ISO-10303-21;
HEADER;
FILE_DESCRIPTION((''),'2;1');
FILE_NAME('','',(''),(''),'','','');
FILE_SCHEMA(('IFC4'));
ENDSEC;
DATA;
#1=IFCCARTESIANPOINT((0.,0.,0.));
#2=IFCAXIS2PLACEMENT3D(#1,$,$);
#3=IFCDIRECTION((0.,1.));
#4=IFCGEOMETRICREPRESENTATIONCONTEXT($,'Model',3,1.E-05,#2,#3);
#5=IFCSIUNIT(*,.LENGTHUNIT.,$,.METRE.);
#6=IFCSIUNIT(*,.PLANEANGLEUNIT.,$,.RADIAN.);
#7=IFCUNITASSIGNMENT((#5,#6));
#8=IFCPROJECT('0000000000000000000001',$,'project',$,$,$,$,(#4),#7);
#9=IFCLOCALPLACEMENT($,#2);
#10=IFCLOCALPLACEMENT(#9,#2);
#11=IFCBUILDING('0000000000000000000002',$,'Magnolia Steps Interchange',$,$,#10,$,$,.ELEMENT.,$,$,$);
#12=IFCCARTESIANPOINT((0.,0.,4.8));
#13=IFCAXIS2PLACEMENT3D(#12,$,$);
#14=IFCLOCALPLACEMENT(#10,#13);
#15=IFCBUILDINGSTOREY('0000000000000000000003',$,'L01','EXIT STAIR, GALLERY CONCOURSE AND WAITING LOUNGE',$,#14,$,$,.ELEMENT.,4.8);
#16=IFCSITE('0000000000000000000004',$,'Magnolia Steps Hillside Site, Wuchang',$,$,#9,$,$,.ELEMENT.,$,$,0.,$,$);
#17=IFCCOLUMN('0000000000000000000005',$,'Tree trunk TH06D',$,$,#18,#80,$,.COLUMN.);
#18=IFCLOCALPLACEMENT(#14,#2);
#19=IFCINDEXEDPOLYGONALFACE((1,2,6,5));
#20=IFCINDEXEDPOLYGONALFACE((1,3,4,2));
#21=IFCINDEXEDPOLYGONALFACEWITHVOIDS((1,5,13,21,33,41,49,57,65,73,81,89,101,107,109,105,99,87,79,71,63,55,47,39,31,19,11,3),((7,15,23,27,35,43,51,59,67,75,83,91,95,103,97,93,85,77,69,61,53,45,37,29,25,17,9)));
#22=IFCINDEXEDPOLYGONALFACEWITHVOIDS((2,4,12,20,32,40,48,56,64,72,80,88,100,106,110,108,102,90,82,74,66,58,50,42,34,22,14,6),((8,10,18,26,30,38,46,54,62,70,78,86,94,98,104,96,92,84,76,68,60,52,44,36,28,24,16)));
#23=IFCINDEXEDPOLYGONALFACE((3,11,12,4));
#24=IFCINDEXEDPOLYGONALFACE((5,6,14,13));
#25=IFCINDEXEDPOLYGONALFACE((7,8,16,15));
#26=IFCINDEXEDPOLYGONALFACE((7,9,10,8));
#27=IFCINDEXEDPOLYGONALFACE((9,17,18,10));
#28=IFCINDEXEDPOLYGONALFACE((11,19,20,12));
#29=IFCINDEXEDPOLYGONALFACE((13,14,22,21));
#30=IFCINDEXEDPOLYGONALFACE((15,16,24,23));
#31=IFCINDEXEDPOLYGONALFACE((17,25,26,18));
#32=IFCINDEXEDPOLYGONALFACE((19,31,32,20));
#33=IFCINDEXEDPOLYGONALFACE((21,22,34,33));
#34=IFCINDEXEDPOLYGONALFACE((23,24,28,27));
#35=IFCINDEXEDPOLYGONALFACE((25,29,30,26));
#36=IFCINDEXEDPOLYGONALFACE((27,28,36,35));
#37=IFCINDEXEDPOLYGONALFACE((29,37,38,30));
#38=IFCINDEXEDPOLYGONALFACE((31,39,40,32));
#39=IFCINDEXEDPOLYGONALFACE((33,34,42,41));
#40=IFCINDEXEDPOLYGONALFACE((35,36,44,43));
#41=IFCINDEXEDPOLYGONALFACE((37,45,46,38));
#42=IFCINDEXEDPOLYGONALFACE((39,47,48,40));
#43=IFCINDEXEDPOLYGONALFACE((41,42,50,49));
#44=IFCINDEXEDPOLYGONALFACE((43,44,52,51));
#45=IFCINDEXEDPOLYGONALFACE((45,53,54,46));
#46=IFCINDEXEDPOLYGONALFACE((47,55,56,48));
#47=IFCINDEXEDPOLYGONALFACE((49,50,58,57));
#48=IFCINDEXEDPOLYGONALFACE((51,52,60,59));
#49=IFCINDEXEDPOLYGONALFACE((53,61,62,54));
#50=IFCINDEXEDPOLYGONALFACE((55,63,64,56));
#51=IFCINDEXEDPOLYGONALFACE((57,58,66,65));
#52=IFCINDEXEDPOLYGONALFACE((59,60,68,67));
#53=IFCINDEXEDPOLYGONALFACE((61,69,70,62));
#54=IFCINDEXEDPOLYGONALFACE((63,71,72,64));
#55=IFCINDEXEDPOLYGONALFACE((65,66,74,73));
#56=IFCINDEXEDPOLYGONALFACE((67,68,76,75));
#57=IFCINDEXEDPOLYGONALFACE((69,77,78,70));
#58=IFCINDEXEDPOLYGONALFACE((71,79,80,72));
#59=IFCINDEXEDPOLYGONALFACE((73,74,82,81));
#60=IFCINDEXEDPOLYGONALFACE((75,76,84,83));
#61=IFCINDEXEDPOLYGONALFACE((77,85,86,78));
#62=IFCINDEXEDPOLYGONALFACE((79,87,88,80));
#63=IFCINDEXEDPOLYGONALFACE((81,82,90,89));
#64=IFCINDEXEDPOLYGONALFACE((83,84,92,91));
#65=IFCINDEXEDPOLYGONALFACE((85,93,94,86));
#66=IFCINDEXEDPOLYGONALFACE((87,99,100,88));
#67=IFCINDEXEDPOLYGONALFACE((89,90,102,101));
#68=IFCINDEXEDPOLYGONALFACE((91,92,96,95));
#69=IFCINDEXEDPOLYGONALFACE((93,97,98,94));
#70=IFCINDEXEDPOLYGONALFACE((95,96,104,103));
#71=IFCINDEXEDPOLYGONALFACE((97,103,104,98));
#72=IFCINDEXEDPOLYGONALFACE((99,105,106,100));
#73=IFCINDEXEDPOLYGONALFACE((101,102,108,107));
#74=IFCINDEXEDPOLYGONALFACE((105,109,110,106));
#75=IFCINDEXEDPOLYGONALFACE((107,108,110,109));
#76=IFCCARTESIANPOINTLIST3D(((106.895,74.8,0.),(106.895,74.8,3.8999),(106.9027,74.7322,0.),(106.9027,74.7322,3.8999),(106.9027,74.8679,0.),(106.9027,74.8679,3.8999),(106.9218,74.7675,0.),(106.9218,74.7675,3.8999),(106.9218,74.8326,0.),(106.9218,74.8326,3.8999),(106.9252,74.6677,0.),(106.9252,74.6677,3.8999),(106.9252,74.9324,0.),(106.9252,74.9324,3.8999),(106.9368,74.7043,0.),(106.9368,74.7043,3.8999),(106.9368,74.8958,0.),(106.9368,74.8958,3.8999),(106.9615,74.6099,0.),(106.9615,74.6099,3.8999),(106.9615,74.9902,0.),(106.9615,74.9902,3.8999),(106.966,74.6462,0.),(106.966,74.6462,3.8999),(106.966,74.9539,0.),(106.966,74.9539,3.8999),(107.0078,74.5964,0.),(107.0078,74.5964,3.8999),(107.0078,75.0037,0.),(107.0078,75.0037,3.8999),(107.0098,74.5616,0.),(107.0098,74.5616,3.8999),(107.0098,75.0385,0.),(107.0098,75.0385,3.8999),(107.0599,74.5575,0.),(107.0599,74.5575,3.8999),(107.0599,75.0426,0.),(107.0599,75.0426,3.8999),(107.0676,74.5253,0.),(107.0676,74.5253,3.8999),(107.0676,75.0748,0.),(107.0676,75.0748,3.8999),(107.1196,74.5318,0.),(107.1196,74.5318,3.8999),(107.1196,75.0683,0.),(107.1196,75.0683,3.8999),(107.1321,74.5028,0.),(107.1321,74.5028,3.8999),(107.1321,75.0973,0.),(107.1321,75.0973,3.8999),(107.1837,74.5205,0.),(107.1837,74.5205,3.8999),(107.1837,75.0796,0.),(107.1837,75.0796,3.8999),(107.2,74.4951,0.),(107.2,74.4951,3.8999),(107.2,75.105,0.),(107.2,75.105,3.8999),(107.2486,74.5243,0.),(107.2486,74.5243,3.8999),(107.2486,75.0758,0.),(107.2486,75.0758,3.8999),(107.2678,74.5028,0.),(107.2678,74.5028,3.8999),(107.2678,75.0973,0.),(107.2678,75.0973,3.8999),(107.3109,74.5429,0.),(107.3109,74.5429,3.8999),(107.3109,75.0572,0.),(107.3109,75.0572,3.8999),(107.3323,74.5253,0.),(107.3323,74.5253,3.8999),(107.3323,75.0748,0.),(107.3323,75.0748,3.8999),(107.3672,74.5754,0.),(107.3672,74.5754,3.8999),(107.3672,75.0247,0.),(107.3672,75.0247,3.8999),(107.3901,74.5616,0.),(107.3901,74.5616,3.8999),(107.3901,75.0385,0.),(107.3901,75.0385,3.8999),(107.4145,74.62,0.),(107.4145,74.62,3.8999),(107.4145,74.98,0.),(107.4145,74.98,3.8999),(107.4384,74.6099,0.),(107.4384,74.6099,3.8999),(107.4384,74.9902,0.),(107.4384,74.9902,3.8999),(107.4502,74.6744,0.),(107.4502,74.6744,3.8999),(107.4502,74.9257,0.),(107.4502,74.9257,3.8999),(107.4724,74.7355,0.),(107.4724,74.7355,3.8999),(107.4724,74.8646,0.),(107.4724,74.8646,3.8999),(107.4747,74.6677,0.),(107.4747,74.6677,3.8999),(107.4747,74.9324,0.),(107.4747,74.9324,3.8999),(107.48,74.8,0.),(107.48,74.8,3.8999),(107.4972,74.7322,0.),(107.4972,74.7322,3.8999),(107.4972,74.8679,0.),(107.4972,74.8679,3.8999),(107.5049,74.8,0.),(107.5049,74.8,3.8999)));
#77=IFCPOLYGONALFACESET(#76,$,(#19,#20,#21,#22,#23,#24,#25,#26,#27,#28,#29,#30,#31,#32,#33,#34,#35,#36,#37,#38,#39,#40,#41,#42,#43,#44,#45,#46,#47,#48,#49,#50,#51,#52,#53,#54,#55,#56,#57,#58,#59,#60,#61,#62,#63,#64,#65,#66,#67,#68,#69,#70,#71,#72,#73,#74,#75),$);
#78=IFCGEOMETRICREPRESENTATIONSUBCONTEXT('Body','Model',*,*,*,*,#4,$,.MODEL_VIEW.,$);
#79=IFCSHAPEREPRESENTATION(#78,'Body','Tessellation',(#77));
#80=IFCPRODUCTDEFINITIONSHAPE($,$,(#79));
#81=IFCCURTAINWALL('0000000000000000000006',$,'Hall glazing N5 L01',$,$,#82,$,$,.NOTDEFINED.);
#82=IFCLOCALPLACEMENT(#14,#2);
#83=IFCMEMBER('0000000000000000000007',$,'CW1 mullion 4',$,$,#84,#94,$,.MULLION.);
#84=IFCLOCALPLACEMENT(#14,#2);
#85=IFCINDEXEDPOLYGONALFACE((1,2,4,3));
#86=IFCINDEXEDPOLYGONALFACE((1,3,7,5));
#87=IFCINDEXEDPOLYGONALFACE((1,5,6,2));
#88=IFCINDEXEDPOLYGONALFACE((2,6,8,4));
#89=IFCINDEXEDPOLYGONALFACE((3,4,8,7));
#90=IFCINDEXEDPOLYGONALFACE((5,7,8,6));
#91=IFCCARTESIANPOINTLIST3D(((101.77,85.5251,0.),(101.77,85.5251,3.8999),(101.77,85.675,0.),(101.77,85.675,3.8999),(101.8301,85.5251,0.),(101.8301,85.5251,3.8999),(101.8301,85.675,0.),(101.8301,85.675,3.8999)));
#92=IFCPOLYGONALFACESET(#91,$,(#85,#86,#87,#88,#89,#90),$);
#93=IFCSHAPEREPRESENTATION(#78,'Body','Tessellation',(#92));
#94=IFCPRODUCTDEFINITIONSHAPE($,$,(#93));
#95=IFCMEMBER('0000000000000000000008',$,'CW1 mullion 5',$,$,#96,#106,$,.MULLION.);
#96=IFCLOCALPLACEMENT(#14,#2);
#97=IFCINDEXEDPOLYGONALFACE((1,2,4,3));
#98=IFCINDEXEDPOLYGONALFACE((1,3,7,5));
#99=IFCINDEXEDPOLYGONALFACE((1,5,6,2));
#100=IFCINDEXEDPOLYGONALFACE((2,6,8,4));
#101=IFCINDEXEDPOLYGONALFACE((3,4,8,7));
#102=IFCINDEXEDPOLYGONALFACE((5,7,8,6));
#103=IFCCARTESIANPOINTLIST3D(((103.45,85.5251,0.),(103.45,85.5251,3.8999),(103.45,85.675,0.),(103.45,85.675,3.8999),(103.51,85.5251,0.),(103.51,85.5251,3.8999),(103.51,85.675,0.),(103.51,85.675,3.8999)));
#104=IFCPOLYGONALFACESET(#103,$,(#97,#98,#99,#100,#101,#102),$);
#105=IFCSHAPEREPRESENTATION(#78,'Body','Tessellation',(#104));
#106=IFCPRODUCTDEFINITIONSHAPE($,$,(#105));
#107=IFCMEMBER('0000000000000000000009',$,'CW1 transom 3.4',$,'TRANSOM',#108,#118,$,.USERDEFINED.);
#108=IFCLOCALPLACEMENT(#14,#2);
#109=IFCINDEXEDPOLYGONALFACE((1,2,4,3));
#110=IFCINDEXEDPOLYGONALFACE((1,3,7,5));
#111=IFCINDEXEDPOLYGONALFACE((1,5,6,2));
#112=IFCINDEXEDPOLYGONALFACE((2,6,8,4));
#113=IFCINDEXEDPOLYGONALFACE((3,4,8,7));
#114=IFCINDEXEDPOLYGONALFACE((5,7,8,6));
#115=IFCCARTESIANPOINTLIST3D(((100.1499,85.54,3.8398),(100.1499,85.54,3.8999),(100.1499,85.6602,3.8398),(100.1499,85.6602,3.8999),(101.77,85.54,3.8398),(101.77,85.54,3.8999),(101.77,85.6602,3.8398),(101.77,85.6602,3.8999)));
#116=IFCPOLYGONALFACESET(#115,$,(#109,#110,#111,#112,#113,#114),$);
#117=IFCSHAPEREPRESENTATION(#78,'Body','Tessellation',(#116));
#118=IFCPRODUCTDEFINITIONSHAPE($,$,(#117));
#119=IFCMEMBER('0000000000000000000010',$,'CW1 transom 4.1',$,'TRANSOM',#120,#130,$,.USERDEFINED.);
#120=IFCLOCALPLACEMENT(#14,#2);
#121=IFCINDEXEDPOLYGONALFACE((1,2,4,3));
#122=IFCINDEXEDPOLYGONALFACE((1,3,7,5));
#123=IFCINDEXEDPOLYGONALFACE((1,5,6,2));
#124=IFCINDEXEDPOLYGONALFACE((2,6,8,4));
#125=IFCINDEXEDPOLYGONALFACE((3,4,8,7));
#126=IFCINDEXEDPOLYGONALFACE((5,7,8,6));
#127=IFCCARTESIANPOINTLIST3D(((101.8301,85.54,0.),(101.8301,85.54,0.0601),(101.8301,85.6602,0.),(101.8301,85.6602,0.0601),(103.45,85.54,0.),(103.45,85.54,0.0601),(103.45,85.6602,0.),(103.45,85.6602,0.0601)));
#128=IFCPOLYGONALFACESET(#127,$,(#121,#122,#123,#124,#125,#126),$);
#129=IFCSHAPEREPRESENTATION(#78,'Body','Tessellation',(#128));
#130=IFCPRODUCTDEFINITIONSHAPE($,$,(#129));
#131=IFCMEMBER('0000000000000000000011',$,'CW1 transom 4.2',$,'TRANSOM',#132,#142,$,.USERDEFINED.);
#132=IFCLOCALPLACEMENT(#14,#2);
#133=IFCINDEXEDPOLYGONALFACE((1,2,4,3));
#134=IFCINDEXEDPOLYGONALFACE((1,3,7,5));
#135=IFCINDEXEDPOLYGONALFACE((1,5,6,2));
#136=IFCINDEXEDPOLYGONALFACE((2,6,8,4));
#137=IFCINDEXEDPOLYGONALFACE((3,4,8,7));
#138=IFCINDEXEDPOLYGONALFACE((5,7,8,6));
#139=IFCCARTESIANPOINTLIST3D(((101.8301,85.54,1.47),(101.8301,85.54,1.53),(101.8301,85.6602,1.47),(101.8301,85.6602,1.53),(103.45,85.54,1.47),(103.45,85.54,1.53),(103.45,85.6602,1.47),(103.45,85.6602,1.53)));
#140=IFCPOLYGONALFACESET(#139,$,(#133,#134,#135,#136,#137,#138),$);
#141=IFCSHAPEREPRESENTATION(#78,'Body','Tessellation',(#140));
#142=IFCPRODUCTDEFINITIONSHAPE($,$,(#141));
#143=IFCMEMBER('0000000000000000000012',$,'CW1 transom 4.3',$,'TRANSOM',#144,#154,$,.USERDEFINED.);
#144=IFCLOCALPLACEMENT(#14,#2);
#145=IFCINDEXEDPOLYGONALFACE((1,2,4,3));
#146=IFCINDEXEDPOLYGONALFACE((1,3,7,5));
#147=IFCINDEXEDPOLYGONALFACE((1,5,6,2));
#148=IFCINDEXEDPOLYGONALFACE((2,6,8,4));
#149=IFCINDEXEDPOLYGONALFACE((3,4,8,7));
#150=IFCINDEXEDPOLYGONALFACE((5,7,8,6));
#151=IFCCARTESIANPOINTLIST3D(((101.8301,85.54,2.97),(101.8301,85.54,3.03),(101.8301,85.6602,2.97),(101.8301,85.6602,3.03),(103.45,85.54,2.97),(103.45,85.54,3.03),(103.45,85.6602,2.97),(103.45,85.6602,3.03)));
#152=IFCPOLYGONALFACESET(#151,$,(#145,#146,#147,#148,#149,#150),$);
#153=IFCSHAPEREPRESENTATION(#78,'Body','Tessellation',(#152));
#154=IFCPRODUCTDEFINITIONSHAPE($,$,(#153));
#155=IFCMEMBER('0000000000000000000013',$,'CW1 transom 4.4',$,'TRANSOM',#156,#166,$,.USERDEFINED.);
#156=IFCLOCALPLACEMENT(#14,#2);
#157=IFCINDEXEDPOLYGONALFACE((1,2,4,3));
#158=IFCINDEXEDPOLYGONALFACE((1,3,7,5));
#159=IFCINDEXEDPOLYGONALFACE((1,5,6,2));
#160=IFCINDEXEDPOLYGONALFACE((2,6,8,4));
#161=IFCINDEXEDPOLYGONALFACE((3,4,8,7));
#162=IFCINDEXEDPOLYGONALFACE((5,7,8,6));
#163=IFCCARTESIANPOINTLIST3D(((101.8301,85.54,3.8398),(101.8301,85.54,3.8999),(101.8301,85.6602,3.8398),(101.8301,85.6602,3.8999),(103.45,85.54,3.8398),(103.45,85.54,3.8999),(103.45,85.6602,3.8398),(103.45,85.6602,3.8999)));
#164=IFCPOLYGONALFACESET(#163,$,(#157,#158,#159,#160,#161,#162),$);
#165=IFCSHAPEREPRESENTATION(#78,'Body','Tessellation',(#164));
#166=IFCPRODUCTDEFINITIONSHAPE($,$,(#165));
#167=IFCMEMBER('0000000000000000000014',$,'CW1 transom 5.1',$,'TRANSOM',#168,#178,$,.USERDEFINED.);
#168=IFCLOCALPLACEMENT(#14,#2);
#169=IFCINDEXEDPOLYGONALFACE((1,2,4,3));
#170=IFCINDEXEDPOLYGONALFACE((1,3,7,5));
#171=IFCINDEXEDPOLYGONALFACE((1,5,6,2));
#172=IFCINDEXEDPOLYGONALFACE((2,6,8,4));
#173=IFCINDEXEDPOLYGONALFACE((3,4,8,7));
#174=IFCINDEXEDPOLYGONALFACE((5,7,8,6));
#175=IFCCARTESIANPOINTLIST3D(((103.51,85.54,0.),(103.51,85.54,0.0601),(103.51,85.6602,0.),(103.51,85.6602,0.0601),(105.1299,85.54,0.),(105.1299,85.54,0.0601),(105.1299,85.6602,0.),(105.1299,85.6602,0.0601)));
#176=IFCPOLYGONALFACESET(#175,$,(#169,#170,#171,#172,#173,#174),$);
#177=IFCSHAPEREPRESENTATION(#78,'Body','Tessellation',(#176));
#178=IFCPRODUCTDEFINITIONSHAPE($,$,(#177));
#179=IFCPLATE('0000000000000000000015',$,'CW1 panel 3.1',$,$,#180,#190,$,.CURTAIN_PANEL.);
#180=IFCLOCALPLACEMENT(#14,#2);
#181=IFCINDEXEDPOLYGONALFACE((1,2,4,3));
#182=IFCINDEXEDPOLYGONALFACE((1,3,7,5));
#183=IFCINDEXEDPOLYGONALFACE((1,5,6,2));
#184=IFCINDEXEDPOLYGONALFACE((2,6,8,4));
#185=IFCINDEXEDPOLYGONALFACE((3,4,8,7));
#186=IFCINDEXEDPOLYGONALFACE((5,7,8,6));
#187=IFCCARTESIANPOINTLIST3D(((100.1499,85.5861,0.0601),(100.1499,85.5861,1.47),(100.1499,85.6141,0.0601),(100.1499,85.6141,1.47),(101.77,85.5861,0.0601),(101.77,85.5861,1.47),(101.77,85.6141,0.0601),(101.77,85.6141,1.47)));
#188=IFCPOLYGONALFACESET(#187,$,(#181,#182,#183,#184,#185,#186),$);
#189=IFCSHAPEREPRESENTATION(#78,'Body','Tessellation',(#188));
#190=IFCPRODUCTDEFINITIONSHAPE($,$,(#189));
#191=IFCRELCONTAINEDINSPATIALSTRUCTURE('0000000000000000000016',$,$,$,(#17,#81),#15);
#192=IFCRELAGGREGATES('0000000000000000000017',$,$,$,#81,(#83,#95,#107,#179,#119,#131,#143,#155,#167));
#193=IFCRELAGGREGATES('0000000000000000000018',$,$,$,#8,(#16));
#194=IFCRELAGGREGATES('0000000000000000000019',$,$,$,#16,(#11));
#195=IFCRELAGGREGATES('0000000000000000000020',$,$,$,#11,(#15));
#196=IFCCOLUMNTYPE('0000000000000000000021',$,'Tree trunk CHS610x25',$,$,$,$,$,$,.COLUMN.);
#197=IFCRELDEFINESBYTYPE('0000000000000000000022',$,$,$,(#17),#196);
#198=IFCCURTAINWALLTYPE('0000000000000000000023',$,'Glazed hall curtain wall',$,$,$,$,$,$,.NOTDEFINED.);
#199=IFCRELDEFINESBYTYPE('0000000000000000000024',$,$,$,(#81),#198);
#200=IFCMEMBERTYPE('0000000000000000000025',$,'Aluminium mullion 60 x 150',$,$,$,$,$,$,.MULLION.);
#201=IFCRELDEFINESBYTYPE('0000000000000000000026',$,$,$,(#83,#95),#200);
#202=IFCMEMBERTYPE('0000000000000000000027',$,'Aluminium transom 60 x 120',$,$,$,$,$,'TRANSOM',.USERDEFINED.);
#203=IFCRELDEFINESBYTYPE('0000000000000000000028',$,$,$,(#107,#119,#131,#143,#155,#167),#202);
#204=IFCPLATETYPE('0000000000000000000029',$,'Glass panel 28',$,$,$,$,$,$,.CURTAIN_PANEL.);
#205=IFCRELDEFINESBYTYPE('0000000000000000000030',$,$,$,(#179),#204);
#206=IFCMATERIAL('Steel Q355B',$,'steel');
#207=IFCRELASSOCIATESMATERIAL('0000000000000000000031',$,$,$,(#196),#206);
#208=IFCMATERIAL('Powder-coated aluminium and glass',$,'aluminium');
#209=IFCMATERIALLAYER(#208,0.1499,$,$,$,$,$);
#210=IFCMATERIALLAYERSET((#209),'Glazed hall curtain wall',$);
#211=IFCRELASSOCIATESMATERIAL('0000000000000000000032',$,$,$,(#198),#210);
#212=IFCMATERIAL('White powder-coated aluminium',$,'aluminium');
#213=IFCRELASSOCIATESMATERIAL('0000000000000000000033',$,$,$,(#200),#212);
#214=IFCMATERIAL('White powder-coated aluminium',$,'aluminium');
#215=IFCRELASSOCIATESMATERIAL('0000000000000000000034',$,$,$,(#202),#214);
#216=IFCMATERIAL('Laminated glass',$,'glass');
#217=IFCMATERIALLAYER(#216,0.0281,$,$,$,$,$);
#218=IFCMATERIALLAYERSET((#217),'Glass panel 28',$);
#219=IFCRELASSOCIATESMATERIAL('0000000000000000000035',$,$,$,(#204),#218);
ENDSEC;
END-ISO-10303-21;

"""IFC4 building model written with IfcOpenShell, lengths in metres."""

from ifc_helpers import new_model, si_unit, direction, frame, origin, origin_2d, place, context, subcontext, project, spatial, rectangle, hollow_circle, extrude, material, layer, layer_set, material_profile, profile_set, type_object, element, aggregate, save


model = new_model("IFC4")

# Units and contexts
model_context = context("Model", 3, precision=1e-05, world=origin(), true_north=direction((0.0, 1.0)))
body_context = subcontext(model_context, "Body", "Model", "MODEL_VIEW")
ifc_project = project(units=[si_unit("LENGTHUNIT", "METRE"), si_unit("PLANEANGLEUNIT", "RADIAN")], contexts=[model_context])

# Site, building, storey
site_placement = place(None, origin())
site = spatial("IfcSite", under=ifc_project, at=site_placement, Name="Magnolia Steps Hillside Site, Wuchang", CompositionType="ELEMENT", RefElevation=0.0)
building_placement = place(site_placement, origin())
building = spatial("IfcBuilding", under=site, at=building_placement, Name="Magnolia Steps Interchange", CompositionType="ELEMENT")
storey_placement = place(building_placement, frame((0.0, 0.0, 4.8)))
storey = spatial("IfcBuildingStorey", under=building, at=storey_placement, Name="L01", Description="EXIT STAIR, GALLERY CONCOURSE AND WAITING LOUNGE", CompositionType="ELEMENT", Elevation=4.8)

# Column
ifc_material_1 = material(Name="Steel Q355B", Category="steel")
ifc_material_profile_1 = material_profile(ifc_material_1, hollow_circle(Radius=0.3049, WallThickness=0.0249, at=origin_2d()), Name="CHS610x25")
ifc_profile_set_1 = profile_set([ifc_material_profile_1], Name="Steel Q355B")
column_type = type_object("IfcColumnType", Name="Tree trunk CHS610x25", PredefinedType="COLUMN", material=ifc_profile_set_1)
column_placement = place(storey_placement, frame((107.2, 74.8, 0.0), z_axis=(0.0, 0.0, 1.0), x_axis=(1.0, 0.0, 0.0)))
element("IfcColumn", 1, at=column_placement, inside=storey, type_object=column_type, Name="Tree trunk TH06D", PredefinedType="COLUMN", context=body_context, shape_type="SweptSolid", body=[
    extrude(hollow_circle(Radius=0.3049, WallThickness=0.0249, at=origin_2d()), origin(), (0.0, 0.0, 1.0), 3.8999),
])

# Curtain wall, members, plate
ifc_material_2 = material(Name="Powder-coated aluminium and glass", Category="aluminium")
ifc_layer_1 = layer(ifc_material_2, 0.1499)
ifc_layer_set_1 = layer_set([ifc_layer_1], Name="Glazed hall curtain wall")
curtain_wall_type = type_object("IfcCurtainWallType", Name="Glazed hall curtain wall", PredefinedType="NOTDEFINED", material=ifc_layer_set_1)
curtain_wall_placement = place(storey_placement, origin())
curtain_wall = element("IfcCurtainWall", 2, at=curtain_wall_placement, inside=storey, type_object=curtain_wall_type, Name="Hall glazing N5 L01", PredefinedType="NOTDEFINED")
ifc_material_3 = material(Name="White powder-coated aluminium", Category="aluminium")
ifc_material_profile_2 = material_profile(ifc_material_3, rectangle(XDim=0.0601, YDim=0.1499, at=origin_2d()), Name="Aluminium mullion 60 x 150")
ifc_profile_set_2 = profile_set([ifc_material_profile_2], Name="White powder-coated aluminium")
member_type_1 = type_object("IfcMemberType", Name="Aluminium mullion 60 x 150", PredefinedType="MULLION", material=ifc_profile_set_2)
member_1_placement = place(storey_placement, frame((101.8, 85.6001, 0.0), z_axis=(0.0, 0.0, 1.0), x_axis=(1.0, 0.0, 0.0)))
member_1 = element("IfcMember", 3, at=member_1_placement, type_object=member_type_1, Name="CW1 mullion 4", PredefinedType="MULLION", context=body_context, shape_type="SweptSolid", body=[
    extrude(rectangle(XDim=0.0601, YDim=0.1499, at=origin_2d()), origin(), (0.0, 0.0, 1.0), 3.8999),
])
member_2_placement = place(storey_placement, frame((103.48, 85.6001, 0.0), z_axis=(0.0, 0.0, 1.0), x_axis=(1.0, 0.0, 0.0)))
member_2 = element("IfcMember", 4, at=member_2_placement, type_object=member_type_1, Name="CW1 mullion 5", PredefinedType="MULLION", context=body_context, shape_type="SweptSolid", body=[
    extrude(rectangle(XDim=0.0601, YDim=0.1499, at=origin_2d()), origin(), (0.0, 0.0, 1.0), 3.8999),
])
ifc_material_4 = material(Name="White powder-coated aluminium", Category="aluminium")
ifc_material_profile_3 = material_profile(ifc_material_4, rectangle(XDim=0.0601, YDim=0.1201, at=origin_2d()), Name="Aluminium transom 60 x 120")
ifc_profile_set_3 = profile_set([ifc_material_profile_3], Name="White powder-coated aluminium")
member_type_2 = type_object("IfcMemberType", Name="Aluminium transom 60 x 120", ElementType="TRANSOM", PredefinedType="USERDEFINED", material=ifc_profile_set_3)
member_3_placement = place(storey_placement, frame((100.1499, 85.6001, 3.8699), z_axis=(1.0, 0.0, 0.0), x_axis=(0.0, 0.0, 1.0)))
member_3 = element("IfcMember", 5, at=member_3_placement, type_object=member_type_2, Name="CW1 transom 3.4", ObjectType="TRANSOM", PredefinedType="USERDEFINED", context=body_context, shape_type="SweptSolid", body=[
    extrude(rectangle(XDim=0.0601, YDim=0.1201, at=origin_2d()), origin(), (0.0, 0.0, 1.0), 1.6201),
])
member_4_placement = place(storey_placement, frame((101.8301, 85.6001, 0.03), z_axis=(1.0, 0.0, 0.0), x_axis=(0.0, 0.0, 1.0)))
member_4 = element("IfcMember", 6, at=member_4_placement, type_object=member_type_2, Name="CW1 transom 4.1", ObjectType="TRANSOM", PredefinedType="USERDEFINED", context=body_context, shape_type="SweptSolid", body=[
    extrude(rectangle(XDim=0.0601, YDim=0.1201, at=origin_2d()), origin(), (0.0, 0.0, 1.0), 1.6199),
])
member_5_placement = place(storey_placement, frame((101.8301, 85.6001, 1.5), z_axis=(1.0, 0.0, 0.0), x_axis=(0.0, 0.0, 1.0)))
member_5 = element("IfcMember", 7, at=member_5_placement, type_object=member_type_2, Name="CW1 transom 4.2", ObjectType="TRANSOM", PredefinedType="USERDEFINED", context=body_context, shape_type="SweptSolid", body=[
    extrude(rectangle(XDim=0.0601, YDim=0.1201, at=origin_2d()), origin(), (0.0, 0.0, 1.0), 1.6199),
])
member_6_placement = place(storey_placement, frame((101.8301, 85.6001, 3.0), z_axis=(1.0, 0.0, 0.0), x_axis=(0.0, 0.0, 1.0)))
member_6 = element("IfcMember", 8, at=member_6_placement, type_object=member_type_2, Name="CW1 transom 4.3", ObjectType="TRANSOM", PredefinedType="USERDEFINED", context=body_context, shape_type="SweptSolid", body=[
    extrude(rectangle(XDim=0.0601, YDim=0.1201, at=origin_2d()), origin(), (0.0, 0.0, 1.0), 1.6199),
])
member_7_placement = place(storey_placement, frame((101.8301, 85.6001, 3.8699), z_axis=(1.0, 0.0, 0.0), x_axis=(0.0, 0.0, 1.0)))
member_7 = element("IfcMember", 9, at=member_7_placement, type_object=member_type_2, Name="CW1 transom 4.4", ObjectType="TRANSOM", PredefinedType="USERDEFINED", context=body_context, shape_type="SweptSolid", body=[
    extrude(rectangle(XDim=0.0601, YDim=0.1201, at=origin_2d()), origin(), (0.0, 0.0, 1.0), 1.6199),
])
member_8_placement = place(storey_placement, frame((103.51, 85.6001, 0.03), z_axis=(1.0, 0.0, 0.0), x_axis=(0.0, 0.0, 1.0)))
member_8 = element("IfcMember", 10, at=member_8_placement, type_object=member_type_2, Name="CW1 transom 5.1", ObjectType="TRANSOM", PredefinedType="USERDEFINED", context=body_context, shape_type="SweptSolid", body=[
    extrude(rectangle(XDim=0.0601, YDim=0.1201, at=origin_2d()), origin(), (0.0, 0.0, 1.0), 1.6199),
])
ifc_material_5 = material(Name="Laminated glass", Category="glass")
ifc_layer_2 = layer(ifc_material_5, 0.0281)
ifc_layer_set_2 = layer_set([ifc_layer_2], Name="Glass panel 28")
plate_type = type_object("IfcPlateType", Name="Glass panel 28", PredefinedType="CURTAIN_PANEL", material=ifc_layer_set_2)
plate_1_placement = place(storey_placement, frame((100.96, 85.6001, 0.0601), z_axis=(0.0, 0.0, 1.0), x_axis=(1.0, 0.0, 0.0)))
plate_1 = element("IfcPlate", 11, at=plate_1_placement, type_object=plate_type, Name="CW1 panel 3.1", PredefinedType="CURTAIN_PANEL", context=body_context, shape_type="SweptSolid", body=[
    extrude(rectangle(XDim=1.6201, YDim=0.0281, at=origin_2d()), origin(), (0.0, 0.0, 1.0), 1.4099),
])
aggregate(curtain_wall, [member_1, member_2, member_3, plate_1, member_4, member_5, member_6, member_7, member_8])

save(model, "model.ifc")
